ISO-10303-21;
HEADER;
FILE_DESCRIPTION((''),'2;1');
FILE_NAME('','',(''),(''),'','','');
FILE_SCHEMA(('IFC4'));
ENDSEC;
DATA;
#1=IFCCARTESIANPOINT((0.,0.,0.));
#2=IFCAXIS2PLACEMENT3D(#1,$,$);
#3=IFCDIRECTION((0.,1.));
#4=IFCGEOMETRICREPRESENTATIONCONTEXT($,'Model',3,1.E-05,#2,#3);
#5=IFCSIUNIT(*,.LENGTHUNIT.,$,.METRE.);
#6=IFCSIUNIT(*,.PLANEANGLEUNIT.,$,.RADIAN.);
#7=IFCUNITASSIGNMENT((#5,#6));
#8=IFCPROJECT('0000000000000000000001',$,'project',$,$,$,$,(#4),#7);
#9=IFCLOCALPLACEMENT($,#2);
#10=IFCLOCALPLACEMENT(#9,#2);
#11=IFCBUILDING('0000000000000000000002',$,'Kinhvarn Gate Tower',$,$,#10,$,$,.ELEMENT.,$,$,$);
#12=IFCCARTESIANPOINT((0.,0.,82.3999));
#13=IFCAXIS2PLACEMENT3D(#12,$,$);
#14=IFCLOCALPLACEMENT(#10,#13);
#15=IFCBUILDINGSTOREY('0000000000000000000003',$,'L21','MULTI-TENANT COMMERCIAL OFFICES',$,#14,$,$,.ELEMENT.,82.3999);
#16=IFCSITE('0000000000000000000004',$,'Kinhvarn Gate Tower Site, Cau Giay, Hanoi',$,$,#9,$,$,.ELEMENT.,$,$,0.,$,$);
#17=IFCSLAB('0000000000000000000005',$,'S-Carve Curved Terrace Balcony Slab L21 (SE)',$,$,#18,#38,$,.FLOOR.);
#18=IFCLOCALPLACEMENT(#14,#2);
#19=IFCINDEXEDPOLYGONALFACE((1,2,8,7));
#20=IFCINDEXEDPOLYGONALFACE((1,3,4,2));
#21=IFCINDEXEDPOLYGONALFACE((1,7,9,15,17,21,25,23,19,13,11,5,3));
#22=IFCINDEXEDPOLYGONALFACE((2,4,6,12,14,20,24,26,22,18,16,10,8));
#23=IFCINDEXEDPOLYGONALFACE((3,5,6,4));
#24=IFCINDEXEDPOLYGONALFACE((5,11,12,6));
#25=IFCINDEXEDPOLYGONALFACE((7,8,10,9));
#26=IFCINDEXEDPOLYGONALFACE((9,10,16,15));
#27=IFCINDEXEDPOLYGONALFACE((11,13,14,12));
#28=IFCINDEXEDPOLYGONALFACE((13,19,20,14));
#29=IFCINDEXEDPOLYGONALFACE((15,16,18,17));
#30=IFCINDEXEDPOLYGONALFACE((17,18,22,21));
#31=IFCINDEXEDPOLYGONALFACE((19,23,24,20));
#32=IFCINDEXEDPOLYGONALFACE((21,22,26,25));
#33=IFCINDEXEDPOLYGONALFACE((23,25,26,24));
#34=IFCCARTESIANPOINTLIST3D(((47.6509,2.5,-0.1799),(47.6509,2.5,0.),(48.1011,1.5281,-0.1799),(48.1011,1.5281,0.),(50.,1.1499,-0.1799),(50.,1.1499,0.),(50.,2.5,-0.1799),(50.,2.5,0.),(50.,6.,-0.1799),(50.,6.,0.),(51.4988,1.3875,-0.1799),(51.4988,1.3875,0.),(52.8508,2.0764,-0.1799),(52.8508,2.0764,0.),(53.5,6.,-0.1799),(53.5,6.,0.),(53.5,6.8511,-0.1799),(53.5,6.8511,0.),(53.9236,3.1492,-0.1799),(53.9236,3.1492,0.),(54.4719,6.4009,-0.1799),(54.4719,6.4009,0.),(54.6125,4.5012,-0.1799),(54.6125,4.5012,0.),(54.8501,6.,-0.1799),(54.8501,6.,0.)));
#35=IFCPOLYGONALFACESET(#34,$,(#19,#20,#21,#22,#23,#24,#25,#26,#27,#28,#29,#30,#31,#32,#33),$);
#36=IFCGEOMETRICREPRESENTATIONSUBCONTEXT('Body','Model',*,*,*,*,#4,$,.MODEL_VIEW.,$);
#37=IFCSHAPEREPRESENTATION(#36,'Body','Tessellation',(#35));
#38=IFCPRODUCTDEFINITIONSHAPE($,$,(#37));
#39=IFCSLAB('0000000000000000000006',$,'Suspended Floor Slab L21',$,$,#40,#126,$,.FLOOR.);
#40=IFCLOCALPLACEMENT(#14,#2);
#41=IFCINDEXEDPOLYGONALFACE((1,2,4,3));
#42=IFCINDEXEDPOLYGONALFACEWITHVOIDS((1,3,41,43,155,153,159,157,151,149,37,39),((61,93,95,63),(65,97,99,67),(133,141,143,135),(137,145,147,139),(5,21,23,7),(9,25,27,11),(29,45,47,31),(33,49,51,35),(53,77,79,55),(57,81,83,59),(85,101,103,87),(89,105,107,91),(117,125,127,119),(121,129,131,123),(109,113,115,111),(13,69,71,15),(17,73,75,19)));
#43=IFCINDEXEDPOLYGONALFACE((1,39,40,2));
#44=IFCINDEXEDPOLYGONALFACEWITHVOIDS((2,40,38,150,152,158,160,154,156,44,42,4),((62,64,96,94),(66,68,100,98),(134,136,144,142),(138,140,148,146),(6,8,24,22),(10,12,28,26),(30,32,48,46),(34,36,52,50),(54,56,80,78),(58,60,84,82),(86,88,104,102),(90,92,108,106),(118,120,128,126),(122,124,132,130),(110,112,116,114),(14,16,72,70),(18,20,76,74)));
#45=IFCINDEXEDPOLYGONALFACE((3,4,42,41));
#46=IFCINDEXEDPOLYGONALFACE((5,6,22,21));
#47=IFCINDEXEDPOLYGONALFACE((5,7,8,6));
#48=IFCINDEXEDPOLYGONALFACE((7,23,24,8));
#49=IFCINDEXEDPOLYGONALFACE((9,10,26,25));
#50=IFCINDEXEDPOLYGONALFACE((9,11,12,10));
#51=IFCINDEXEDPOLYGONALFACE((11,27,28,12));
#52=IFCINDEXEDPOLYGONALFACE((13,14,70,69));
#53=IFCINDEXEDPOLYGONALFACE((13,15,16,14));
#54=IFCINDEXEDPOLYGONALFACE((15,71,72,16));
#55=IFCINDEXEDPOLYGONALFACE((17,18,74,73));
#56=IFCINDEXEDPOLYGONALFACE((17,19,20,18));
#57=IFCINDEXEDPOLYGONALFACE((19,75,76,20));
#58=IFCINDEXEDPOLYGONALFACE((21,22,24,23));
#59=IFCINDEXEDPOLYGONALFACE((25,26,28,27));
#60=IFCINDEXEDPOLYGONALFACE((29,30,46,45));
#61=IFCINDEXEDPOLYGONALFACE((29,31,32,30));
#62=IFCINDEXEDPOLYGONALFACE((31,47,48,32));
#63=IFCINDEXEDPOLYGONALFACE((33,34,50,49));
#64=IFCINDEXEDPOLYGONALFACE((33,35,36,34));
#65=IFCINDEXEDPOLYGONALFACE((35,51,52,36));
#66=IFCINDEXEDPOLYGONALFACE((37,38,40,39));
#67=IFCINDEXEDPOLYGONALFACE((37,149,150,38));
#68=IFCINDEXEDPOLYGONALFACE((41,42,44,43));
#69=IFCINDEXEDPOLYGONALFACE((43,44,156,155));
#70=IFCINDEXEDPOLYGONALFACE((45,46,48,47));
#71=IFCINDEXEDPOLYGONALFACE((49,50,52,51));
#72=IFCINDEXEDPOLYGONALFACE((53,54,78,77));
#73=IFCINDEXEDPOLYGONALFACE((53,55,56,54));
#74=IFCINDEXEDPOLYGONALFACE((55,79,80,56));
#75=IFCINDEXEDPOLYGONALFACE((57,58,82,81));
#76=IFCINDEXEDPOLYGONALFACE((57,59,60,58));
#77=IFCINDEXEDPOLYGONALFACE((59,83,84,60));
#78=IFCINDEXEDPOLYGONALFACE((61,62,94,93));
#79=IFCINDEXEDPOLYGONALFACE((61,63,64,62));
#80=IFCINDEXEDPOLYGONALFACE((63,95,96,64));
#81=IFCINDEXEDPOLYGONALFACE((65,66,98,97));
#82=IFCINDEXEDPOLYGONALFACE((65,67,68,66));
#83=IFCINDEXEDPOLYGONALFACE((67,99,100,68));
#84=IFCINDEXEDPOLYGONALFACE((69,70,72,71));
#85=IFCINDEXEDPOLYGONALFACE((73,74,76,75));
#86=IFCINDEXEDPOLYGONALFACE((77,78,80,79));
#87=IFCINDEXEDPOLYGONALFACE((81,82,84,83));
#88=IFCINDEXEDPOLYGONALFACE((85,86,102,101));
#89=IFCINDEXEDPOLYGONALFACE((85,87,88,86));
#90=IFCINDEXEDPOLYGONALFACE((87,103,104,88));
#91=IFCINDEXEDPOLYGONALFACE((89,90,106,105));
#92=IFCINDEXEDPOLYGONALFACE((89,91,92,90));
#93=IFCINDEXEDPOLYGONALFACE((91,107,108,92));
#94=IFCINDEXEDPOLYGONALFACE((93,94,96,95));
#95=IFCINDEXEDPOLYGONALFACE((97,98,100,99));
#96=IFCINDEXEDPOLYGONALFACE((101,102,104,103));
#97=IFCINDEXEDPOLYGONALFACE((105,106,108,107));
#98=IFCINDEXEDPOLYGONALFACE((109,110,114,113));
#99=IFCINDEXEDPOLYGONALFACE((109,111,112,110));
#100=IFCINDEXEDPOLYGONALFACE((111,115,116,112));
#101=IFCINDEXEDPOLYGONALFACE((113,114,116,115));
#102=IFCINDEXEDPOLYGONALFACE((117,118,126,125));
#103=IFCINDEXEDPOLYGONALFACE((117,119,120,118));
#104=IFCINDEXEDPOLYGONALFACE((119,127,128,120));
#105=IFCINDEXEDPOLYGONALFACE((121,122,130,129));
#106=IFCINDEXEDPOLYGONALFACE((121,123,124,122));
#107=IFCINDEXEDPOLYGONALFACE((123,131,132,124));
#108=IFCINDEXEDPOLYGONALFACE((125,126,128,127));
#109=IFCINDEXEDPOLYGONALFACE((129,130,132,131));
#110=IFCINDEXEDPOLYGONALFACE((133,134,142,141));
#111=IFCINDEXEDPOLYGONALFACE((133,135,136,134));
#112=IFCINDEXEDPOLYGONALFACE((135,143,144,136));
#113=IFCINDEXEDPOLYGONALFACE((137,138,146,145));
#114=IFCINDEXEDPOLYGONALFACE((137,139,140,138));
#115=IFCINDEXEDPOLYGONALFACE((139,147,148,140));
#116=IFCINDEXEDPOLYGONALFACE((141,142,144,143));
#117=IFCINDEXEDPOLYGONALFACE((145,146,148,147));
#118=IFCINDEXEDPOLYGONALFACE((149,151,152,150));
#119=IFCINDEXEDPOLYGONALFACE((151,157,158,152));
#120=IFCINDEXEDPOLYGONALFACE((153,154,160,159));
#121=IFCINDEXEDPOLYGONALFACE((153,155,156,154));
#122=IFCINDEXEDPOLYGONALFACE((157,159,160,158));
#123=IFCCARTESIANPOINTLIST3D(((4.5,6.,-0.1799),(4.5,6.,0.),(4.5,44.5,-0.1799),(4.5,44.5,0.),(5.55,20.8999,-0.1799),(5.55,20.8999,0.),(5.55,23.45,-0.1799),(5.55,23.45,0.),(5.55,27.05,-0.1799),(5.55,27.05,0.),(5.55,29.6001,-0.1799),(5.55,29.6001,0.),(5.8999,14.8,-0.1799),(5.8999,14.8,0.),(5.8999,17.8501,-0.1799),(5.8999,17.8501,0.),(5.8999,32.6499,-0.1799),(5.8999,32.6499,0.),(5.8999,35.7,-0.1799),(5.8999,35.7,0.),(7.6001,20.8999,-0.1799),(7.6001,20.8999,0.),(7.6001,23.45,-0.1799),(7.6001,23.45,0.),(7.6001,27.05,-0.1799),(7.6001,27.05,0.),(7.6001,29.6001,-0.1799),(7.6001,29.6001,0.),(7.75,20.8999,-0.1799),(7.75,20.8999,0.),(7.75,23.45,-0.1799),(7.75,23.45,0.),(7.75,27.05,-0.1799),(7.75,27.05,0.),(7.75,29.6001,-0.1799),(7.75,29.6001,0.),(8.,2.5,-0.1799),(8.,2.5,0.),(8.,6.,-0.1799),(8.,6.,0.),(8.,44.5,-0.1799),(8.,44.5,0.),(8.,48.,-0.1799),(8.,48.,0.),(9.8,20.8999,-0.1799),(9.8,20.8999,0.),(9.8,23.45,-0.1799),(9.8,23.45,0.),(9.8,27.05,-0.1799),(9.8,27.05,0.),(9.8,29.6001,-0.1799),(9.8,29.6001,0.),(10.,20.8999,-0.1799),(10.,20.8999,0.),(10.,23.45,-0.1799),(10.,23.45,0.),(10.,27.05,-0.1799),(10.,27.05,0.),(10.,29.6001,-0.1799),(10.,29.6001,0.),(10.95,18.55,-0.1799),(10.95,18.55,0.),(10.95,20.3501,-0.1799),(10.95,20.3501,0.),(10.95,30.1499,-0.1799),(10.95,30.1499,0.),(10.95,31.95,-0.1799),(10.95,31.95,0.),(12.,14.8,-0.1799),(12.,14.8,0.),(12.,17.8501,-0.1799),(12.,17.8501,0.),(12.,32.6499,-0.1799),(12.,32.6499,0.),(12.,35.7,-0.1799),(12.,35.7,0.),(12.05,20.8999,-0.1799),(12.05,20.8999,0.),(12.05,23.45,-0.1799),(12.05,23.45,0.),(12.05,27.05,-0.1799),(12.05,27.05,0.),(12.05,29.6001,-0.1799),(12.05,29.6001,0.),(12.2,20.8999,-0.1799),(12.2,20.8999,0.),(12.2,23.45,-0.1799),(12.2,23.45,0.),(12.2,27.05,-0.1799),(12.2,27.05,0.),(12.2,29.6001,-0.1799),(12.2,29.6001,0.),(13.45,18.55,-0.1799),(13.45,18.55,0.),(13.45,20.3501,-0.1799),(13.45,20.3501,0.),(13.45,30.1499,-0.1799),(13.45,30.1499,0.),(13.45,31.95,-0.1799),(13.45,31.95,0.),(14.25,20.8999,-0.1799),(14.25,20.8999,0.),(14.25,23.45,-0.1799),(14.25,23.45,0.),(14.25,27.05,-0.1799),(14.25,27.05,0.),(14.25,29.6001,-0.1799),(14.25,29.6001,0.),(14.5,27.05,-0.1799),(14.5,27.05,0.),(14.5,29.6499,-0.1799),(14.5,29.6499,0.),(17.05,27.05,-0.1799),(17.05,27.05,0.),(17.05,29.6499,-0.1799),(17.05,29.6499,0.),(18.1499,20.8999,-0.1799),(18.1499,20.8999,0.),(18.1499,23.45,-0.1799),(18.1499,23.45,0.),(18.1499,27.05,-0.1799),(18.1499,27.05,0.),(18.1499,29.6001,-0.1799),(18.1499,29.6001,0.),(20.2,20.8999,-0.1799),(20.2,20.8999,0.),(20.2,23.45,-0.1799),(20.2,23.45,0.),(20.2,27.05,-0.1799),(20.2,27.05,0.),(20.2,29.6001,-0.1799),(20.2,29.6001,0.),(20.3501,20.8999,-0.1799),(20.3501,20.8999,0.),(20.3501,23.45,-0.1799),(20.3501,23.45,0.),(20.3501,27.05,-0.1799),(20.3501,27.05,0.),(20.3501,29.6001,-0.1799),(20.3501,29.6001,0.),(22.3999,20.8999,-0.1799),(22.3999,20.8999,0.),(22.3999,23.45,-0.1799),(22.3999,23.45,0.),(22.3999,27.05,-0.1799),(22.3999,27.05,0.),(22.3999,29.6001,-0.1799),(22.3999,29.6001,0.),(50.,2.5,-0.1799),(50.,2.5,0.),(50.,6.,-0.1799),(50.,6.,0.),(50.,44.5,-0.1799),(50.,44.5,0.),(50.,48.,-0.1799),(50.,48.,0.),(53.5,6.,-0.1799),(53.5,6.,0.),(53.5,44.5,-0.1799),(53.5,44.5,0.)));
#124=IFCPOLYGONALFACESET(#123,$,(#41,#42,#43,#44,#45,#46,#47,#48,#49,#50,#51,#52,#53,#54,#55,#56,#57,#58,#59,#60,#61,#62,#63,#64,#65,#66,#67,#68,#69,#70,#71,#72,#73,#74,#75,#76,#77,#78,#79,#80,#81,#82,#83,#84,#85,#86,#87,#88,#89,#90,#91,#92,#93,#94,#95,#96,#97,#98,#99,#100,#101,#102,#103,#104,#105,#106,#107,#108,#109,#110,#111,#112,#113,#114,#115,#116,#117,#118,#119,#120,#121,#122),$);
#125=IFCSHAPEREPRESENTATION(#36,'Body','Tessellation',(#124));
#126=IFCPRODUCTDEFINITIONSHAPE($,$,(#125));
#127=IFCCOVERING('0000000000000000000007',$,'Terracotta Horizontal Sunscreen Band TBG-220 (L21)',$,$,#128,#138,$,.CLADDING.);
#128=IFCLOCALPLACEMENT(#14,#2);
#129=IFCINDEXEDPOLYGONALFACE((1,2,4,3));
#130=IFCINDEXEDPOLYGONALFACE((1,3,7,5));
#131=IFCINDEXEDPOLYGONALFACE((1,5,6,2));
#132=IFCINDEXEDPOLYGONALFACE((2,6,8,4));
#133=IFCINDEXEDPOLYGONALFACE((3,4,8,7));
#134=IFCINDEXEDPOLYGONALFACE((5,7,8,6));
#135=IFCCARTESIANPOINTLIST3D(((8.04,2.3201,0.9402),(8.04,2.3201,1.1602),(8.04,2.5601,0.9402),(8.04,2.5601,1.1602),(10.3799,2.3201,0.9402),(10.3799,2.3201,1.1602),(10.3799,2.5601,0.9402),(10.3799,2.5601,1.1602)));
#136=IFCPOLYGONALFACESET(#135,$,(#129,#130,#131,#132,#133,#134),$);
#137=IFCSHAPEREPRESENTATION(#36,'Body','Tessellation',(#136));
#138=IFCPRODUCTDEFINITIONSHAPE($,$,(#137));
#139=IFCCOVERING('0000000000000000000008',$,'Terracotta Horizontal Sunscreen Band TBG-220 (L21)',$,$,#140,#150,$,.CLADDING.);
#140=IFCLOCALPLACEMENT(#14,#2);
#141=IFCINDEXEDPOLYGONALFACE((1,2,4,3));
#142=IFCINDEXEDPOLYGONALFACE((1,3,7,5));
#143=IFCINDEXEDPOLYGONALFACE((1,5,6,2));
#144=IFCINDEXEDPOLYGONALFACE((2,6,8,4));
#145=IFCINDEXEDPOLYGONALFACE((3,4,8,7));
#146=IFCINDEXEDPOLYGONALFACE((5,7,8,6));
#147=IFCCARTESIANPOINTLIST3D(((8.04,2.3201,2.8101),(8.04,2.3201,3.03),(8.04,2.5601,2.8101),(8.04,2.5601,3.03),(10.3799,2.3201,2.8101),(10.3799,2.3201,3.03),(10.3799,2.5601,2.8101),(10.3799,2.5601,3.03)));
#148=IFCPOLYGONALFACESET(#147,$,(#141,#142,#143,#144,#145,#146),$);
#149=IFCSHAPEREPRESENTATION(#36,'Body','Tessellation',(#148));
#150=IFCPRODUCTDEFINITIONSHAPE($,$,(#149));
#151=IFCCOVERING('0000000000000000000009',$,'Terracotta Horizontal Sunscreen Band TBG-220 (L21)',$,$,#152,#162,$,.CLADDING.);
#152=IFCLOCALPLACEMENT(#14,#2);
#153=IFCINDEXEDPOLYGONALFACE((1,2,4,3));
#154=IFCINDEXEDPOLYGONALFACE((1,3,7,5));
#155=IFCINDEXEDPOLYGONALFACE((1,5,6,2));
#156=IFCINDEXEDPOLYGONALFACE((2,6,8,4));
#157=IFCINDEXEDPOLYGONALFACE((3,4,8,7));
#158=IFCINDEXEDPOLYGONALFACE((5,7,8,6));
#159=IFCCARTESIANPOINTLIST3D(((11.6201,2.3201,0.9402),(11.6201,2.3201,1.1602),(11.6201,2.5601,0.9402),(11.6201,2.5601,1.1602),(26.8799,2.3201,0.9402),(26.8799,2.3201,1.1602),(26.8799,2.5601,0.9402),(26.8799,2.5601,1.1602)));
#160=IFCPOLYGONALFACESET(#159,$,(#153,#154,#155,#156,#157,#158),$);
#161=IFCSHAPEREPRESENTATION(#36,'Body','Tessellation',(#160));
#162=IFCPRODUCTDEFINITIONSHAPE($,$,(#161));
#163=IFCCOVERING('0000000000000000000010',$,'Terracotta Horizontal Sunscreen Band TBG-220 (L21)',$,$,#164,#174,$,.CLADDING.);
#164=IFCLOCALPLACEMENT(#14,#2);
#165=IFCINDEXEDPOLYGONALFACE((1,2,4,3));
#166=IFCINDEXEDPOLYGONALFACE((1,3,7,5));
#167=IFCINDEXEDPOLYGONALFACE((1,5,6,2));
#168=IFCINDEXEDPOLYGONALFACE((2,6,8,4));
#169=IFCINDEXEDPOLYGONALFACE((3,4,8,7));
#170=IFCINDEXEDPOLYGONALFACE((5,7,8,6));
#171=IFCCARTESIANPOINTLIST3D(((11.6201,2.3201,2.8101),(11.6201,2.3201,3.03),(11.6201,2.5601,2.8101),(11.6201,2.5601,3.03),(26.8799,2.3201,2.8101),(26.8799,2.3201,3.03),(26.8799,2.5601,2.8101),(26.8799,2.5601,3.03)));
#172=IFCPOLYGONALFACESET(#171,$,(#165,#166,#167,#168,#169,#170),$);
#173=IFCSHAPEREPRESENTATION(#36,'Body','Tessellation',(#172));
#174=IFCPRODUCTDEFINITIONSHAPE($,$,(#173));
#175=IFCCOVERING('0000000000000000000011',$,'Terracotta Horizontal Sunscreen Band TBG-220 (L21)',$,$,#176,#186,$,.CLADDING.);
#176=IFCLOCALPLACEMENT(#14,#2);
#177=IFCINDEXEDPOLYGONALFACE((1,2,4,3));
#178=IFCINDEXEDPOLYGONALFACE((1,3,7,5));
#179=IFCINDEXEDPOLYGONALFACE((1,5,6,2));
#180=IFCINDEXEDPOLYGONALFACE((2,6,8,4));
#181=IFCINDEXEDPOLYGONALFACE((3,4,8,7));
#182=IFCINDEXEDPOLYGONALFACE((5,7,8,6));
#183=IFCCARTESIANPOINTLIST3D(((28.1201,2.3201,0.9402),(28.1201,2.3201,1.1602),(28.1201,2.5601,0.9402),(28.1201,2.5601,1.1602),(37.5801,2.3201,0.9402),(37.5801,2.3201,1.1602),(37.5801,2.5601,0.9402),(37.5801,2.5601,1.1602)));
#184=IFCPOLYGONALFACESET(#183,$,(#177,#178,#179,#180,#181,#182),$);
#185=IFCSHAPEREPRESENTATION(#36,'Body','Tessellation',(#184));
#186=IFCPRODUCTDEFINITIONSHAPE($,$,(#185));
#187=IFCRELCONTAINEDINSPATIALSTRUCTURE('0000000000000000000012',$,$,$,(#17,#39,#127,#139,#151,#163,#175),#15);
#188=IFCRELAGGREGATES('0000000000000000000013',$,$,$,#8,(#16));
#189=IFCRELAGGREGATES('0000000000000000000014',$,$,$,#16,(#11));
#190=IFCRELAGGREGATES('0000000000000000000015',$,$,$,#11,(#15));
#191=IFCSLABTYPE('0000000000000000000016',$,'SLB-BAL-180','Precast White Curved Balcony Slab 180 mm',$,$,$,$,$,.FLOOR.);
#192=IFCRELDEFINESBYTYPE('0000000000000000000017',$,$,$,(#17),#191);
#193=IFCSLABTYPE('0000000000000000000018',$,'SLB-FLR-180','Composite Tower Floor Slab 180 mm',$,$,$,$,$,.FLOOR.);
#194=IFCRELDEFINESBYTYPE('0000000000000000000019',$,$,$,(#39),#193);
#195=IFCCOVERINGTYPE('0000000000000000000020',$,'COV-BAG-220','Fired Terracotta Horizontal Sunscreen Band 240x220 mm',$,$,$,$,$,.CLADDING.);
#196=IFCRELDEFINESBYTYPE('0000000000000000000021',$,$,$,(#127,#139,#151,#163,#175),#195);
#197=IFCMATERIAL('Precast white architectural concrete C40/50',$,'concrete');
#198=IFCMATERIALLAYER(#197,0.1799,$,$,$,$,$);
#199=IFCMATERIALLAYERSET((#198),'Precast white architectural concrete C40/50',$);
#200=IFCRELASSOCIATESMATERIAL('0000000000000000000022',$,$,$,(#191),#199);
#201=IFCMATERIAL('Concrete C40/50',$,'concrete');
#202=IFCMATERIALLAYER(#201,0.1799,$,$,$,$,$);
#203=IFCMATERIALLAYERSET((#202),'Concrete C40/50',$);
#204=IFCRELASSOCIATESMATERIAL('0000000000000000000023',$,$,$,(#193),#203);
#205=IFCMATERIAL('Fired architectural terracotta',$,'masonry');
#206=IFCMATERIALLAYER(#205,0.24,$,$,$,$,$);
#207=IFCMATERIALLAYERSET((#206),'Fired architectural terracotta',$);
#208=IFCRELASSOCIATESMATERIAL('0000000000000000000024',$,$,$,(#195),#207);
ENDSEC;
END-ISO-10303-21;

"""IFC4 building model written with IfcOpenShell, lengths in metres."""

from ifc_helpers import new_model, si_unit, direction, frame, origin, place, context, subcontext, project, spatial, polyline, outline, extrude, material, layer, layer_set, type_object, element, save


model = new_model("IFC4")

# Units and contexts
model_context = context("Model", 3, precision=1e-05, world=origin(), true_north=direction((0.0, 1.0)))
body_context = subcontext(model_context, "Body", "Model", "MODEL_VIEW")
ifc_project = project(units=[si_unit("LENGTHUNIT", "METRE"), si_unit("PLANEANGLEUNIT", "RADIAN")], contexts=[model_context])

# Site, building, storey
site_placement = place(None, origin())
site = spatial("IfcSite", under=ifc_project, at=site_placement, Name="Kinhvarn Gate Tower Site, Cau Giay, Hanoi", CompositionType="ELEMENT", RefElevation=0.0)
building_placement = place(site_placement, origin())
building = spatial("IfcBuilding", under=site, at=building_placement, Name="Kinhvarn Gate Tower", CompositionType="ELEMENT")
storey_placement = place(building_placement, frame((0.0, 0.0, 82.3999)))
storey = spatial("IfcBuildingStorey", under=building, at=storey_placement, Name="L21", Description="MULTI-TENANT COMMERCIAL OFFICES", CompositionType="ELEMENT", Elevation=82.3999)

# Slabs
ifc_material_1 = material(Name="Precast white architectural concrete C40/50", Category="concrete")
ifc_layer_1 = layer(ifc_material_1, 0.1799)
ifc_layer_set_1 = layer_set([ifc_layer_1], Name="Precast white architectural concrete C40/50")
slab_type_1 = type_object("IfcSlabType", Name="SLB-BAL-180", Description="Precast White Curved Balcony Slab 180 mm", PredefinedType="FLOOR", material=ifc_layer_set_1)
slab_1_placement = place(storey_placement, frame((0.0, 0.0, -0.1799)))
element("IfcSlab", 1, at=slab_1_placement, inside=storey, type_object=slab_type_1, Name="S-Carve Curved Terrace Balcony Slab L21 (SE)", PredefinedType="FLOOR", context=body_context, shape_type="SweptSolid", body=[
    extrude(outline(polyline([(47.6509, 2.5), (48.1011, 1.5281), (50.0, 1.1499), (51.4988, 1.3875), (52.8508, 2.0764), (53.9236, 3.1492), (54.6125, 4.5012), (54.8501, 6.0), (54.4719, 6.4009), (53.5, 6.8511), (53.5, 6.0), (50.0, 6.0), (50.0, 2.5), (47.6509, 2.5)])), origin(), (0.0, 0.0, 1.0), 0.1799),
])
ifc_material_2 = material(Name="Concrete C40/50", Category="concrete")
ifc_layer_2 = layer(ifc_material_2, 0.1799)
ifc_layer_set_2 = layer_set([ifc_layer_2], Name="Concrete C40/50")
slab_type_2 = type_object("IfcSlabType", Name="SLB-FLR-180", Description="Composite Tower Floor Slab 180 mm", PredefinedType="FLOOR", material=ifc_layer_set_2)
slab_2_placement = place(storey_placement, frame((0.0, 0.0, -0.1799)))
element("IfcSlab", 2, at=slab_2_placement, inside=storey, type_object=slab_type_2, Name="Suspended Floor Slab L21", PredefinedType="FLOOR", context=body_context, shape_type="SweptSolid", body=[
    extrude(outline(polyline([(8.0, 2.5), (50.0, 2.5), (50.0, 6.0), (53.5, 6.0), (53.5, 44.5), (50.0, 44.5), (50.0, 48.0), (8.0, 48.0), (8.0, 44.5), (4.5, 44.5), (4.5, 6.0), (8.0, 6.0), (8.0, 2.5)]), holes=[polyline([(5.8999, 14.8), (12.0, 14.8), (12.0, 17.8501), (5.8999, 17.8501), (5.8999, 14.8)]), polyline([(5.8999, 32.6499), (12.0, 32.6499), (12.0, 35.7), (5.8999, 35.7), (5.8999, 32.6499)]), polyline([(18.1499, 20.8999), (20.2, 20.8999), (20.2, 23.45), (18.1499, 23.45), (18.1499, 20.8999)]), polyline([(20.3501, 20.8999), (22.3999, 20.8999), (22.3999, 23.45), (20.3501, 23.45), (20.3501, 20.8999)]), polyline([(18.1499, 27.05), (20.2, 27.05), (20.2, 29.6001), (18.1499, 29.6001), (18.1499, 27.05)]), polyline([(20.3501, 27.05), (22.3999, 27.05), (22.3999, 29.6001), (20.3501, 29.6001), (20.3501, 27.05)]), polyline([(5.55, 20.8999), (7.6001, 20.8999), (7.6001, 23.45), (5.55, 23.45), (5.55, 20.8999)]), polyline([(7.75, 20.8999), (9.8, 20.8999), (9.8, 23.45), (7.75, 23.45), (7.75, 20.8999)]), polyline([(5.55, 27.05), (7.6001, 27.05), (7.6001, 29.6001), (5.55, 29.6001), (5.55, 27.05)]), polyline([(7.75, 27.05), (9.8, 27.05), (9.8, 29.6001), (7.75, 29.6001), (7.75, 27.05)]), polyline([(10.0, 20.8999), (12.05, 20.8999), (12.05, 23.45), (10.0, 23.45), (10.0, 20.8999)]), polyline([(12.2, 20.8999), (14.25, 20.8999), (14.25, 23.45), (12.2, 23.45), (12.2, 20.8999)]), polyline([(10.0, 27.05), (12.05, 27.05), (12.05, 29.6001), (10.0, 29.6001), (10.0, 27.05)]), polyline([(12.2, 27.05), (14.25, 27.05), (14.25, 29.6001), (12.2, 29.6001), (12.2, 27.05)]), polyline([(14.5, 27.05), (17.05, 27.05), (17.05, 29.6499), (14.5, 29.6499), (14.5, 27.05)]), polyline([(10.95, 18.55), (13.45, 18.55), (13.45, 20.3501), (10.95, 20.3501), (10.95, 18.55)]), polyline([(10.95, 30.1499), (13.45, 30.1499), (13.45, 31.95), (10.95, 31.95), (10.95, 30.1499)])]), origin(), (0.0, 0.0, 1.0), 0.1799),
])

# Coverings
ifc_material_3 = material(Name="Fired architectural terracotta", Category="masonry")
ifc_layer_3 = layer(ifc_material_3, 0.24)
ifc_layer_set_3 = layer_set([ifc_layer_3], Name="Fired architectural terracotta")
covering_type_1 = type_object("IfcCoveringType", Name="COV-BAG-220", Description="Fired Terracotta Horizontal Sunscreen Band 240x220 mm", PredefinedType="CLADDING", material=ifc_layer_set_3)
for number, where, name in (
    (3, (0.0, 0.0, 0.9402), "Terracotta Horizontal Sunscreen Band TBG-220 (L21)"),
    (4, (0.0, 0.0, 2.8101), "Terracotta Horizontal Sunscreen Band TBG-220 (L21)"),
):
    element("IfcCovering", number, at=place(storey_placement, frame(where)), inside=storey, type_object=covering_type_1, Name=name, PredefinedType="CLADDING", context=body_context, shape_type="SweptSolid", body=[
        extrude(outline(polyline([(8.04, 2.5601), (10.3799, 2.5601), (10.3799, 2.3201), (8.04, 2.3201), (8.04, 2.5601)])), origin(), (0.0, 0.0, 1.0), 0.22),
    ])
for number, where, name in (
    (5, (0.0, 0.0, 0.9402), "Terracotta Horizontal Sunscreen Band TBG-220 (L21)"),
    (6, (0.0, 0.0, 2.8101), "Terracotta Horizontal Sunscreen Band TBG-220 (L21)"),
):
    element("IfcCovering", number, at=place(storey_placement, frame(where)), inside=storey, type_object=covering_type_1, Name=name, PredefinedType="CLADDING", context=body_context, shape_type="SweptSolid", body=[
        extrude(outline(polyline([(11.6201, 2.5601), (26.8799, 2.5601), (26.8799, 2.3201), (11.6201, 2.3201), (11.6201, 2.5601)])), origin(), (0.0, 0.0, 1.0), 0.22),
    ])
for number, where, name in (
    (7, (0.0, 0.0, 0.9402), "Terracotta Horizontal Sunscreen Band TBG-220 (L21)"),
):
    element("IfcCovering", number, at=place(storey_placement, frame(where)), inside=storey, type_object=covering_type_1, Name=name, PredefinedType="CLADDING", context=body_context, shape_type="SweptSolid", body=[
        extrude(outline(polyline([(28.1201, 2.5601), (37.5801, 2.5601), (37.5801, 2.3201), (28.1201, 2.3201), (28.1201, 2.5601)])), origin(), (0.0, 0.0, 1.0), 0.22),
    ])

save(model, "model.ifc")
